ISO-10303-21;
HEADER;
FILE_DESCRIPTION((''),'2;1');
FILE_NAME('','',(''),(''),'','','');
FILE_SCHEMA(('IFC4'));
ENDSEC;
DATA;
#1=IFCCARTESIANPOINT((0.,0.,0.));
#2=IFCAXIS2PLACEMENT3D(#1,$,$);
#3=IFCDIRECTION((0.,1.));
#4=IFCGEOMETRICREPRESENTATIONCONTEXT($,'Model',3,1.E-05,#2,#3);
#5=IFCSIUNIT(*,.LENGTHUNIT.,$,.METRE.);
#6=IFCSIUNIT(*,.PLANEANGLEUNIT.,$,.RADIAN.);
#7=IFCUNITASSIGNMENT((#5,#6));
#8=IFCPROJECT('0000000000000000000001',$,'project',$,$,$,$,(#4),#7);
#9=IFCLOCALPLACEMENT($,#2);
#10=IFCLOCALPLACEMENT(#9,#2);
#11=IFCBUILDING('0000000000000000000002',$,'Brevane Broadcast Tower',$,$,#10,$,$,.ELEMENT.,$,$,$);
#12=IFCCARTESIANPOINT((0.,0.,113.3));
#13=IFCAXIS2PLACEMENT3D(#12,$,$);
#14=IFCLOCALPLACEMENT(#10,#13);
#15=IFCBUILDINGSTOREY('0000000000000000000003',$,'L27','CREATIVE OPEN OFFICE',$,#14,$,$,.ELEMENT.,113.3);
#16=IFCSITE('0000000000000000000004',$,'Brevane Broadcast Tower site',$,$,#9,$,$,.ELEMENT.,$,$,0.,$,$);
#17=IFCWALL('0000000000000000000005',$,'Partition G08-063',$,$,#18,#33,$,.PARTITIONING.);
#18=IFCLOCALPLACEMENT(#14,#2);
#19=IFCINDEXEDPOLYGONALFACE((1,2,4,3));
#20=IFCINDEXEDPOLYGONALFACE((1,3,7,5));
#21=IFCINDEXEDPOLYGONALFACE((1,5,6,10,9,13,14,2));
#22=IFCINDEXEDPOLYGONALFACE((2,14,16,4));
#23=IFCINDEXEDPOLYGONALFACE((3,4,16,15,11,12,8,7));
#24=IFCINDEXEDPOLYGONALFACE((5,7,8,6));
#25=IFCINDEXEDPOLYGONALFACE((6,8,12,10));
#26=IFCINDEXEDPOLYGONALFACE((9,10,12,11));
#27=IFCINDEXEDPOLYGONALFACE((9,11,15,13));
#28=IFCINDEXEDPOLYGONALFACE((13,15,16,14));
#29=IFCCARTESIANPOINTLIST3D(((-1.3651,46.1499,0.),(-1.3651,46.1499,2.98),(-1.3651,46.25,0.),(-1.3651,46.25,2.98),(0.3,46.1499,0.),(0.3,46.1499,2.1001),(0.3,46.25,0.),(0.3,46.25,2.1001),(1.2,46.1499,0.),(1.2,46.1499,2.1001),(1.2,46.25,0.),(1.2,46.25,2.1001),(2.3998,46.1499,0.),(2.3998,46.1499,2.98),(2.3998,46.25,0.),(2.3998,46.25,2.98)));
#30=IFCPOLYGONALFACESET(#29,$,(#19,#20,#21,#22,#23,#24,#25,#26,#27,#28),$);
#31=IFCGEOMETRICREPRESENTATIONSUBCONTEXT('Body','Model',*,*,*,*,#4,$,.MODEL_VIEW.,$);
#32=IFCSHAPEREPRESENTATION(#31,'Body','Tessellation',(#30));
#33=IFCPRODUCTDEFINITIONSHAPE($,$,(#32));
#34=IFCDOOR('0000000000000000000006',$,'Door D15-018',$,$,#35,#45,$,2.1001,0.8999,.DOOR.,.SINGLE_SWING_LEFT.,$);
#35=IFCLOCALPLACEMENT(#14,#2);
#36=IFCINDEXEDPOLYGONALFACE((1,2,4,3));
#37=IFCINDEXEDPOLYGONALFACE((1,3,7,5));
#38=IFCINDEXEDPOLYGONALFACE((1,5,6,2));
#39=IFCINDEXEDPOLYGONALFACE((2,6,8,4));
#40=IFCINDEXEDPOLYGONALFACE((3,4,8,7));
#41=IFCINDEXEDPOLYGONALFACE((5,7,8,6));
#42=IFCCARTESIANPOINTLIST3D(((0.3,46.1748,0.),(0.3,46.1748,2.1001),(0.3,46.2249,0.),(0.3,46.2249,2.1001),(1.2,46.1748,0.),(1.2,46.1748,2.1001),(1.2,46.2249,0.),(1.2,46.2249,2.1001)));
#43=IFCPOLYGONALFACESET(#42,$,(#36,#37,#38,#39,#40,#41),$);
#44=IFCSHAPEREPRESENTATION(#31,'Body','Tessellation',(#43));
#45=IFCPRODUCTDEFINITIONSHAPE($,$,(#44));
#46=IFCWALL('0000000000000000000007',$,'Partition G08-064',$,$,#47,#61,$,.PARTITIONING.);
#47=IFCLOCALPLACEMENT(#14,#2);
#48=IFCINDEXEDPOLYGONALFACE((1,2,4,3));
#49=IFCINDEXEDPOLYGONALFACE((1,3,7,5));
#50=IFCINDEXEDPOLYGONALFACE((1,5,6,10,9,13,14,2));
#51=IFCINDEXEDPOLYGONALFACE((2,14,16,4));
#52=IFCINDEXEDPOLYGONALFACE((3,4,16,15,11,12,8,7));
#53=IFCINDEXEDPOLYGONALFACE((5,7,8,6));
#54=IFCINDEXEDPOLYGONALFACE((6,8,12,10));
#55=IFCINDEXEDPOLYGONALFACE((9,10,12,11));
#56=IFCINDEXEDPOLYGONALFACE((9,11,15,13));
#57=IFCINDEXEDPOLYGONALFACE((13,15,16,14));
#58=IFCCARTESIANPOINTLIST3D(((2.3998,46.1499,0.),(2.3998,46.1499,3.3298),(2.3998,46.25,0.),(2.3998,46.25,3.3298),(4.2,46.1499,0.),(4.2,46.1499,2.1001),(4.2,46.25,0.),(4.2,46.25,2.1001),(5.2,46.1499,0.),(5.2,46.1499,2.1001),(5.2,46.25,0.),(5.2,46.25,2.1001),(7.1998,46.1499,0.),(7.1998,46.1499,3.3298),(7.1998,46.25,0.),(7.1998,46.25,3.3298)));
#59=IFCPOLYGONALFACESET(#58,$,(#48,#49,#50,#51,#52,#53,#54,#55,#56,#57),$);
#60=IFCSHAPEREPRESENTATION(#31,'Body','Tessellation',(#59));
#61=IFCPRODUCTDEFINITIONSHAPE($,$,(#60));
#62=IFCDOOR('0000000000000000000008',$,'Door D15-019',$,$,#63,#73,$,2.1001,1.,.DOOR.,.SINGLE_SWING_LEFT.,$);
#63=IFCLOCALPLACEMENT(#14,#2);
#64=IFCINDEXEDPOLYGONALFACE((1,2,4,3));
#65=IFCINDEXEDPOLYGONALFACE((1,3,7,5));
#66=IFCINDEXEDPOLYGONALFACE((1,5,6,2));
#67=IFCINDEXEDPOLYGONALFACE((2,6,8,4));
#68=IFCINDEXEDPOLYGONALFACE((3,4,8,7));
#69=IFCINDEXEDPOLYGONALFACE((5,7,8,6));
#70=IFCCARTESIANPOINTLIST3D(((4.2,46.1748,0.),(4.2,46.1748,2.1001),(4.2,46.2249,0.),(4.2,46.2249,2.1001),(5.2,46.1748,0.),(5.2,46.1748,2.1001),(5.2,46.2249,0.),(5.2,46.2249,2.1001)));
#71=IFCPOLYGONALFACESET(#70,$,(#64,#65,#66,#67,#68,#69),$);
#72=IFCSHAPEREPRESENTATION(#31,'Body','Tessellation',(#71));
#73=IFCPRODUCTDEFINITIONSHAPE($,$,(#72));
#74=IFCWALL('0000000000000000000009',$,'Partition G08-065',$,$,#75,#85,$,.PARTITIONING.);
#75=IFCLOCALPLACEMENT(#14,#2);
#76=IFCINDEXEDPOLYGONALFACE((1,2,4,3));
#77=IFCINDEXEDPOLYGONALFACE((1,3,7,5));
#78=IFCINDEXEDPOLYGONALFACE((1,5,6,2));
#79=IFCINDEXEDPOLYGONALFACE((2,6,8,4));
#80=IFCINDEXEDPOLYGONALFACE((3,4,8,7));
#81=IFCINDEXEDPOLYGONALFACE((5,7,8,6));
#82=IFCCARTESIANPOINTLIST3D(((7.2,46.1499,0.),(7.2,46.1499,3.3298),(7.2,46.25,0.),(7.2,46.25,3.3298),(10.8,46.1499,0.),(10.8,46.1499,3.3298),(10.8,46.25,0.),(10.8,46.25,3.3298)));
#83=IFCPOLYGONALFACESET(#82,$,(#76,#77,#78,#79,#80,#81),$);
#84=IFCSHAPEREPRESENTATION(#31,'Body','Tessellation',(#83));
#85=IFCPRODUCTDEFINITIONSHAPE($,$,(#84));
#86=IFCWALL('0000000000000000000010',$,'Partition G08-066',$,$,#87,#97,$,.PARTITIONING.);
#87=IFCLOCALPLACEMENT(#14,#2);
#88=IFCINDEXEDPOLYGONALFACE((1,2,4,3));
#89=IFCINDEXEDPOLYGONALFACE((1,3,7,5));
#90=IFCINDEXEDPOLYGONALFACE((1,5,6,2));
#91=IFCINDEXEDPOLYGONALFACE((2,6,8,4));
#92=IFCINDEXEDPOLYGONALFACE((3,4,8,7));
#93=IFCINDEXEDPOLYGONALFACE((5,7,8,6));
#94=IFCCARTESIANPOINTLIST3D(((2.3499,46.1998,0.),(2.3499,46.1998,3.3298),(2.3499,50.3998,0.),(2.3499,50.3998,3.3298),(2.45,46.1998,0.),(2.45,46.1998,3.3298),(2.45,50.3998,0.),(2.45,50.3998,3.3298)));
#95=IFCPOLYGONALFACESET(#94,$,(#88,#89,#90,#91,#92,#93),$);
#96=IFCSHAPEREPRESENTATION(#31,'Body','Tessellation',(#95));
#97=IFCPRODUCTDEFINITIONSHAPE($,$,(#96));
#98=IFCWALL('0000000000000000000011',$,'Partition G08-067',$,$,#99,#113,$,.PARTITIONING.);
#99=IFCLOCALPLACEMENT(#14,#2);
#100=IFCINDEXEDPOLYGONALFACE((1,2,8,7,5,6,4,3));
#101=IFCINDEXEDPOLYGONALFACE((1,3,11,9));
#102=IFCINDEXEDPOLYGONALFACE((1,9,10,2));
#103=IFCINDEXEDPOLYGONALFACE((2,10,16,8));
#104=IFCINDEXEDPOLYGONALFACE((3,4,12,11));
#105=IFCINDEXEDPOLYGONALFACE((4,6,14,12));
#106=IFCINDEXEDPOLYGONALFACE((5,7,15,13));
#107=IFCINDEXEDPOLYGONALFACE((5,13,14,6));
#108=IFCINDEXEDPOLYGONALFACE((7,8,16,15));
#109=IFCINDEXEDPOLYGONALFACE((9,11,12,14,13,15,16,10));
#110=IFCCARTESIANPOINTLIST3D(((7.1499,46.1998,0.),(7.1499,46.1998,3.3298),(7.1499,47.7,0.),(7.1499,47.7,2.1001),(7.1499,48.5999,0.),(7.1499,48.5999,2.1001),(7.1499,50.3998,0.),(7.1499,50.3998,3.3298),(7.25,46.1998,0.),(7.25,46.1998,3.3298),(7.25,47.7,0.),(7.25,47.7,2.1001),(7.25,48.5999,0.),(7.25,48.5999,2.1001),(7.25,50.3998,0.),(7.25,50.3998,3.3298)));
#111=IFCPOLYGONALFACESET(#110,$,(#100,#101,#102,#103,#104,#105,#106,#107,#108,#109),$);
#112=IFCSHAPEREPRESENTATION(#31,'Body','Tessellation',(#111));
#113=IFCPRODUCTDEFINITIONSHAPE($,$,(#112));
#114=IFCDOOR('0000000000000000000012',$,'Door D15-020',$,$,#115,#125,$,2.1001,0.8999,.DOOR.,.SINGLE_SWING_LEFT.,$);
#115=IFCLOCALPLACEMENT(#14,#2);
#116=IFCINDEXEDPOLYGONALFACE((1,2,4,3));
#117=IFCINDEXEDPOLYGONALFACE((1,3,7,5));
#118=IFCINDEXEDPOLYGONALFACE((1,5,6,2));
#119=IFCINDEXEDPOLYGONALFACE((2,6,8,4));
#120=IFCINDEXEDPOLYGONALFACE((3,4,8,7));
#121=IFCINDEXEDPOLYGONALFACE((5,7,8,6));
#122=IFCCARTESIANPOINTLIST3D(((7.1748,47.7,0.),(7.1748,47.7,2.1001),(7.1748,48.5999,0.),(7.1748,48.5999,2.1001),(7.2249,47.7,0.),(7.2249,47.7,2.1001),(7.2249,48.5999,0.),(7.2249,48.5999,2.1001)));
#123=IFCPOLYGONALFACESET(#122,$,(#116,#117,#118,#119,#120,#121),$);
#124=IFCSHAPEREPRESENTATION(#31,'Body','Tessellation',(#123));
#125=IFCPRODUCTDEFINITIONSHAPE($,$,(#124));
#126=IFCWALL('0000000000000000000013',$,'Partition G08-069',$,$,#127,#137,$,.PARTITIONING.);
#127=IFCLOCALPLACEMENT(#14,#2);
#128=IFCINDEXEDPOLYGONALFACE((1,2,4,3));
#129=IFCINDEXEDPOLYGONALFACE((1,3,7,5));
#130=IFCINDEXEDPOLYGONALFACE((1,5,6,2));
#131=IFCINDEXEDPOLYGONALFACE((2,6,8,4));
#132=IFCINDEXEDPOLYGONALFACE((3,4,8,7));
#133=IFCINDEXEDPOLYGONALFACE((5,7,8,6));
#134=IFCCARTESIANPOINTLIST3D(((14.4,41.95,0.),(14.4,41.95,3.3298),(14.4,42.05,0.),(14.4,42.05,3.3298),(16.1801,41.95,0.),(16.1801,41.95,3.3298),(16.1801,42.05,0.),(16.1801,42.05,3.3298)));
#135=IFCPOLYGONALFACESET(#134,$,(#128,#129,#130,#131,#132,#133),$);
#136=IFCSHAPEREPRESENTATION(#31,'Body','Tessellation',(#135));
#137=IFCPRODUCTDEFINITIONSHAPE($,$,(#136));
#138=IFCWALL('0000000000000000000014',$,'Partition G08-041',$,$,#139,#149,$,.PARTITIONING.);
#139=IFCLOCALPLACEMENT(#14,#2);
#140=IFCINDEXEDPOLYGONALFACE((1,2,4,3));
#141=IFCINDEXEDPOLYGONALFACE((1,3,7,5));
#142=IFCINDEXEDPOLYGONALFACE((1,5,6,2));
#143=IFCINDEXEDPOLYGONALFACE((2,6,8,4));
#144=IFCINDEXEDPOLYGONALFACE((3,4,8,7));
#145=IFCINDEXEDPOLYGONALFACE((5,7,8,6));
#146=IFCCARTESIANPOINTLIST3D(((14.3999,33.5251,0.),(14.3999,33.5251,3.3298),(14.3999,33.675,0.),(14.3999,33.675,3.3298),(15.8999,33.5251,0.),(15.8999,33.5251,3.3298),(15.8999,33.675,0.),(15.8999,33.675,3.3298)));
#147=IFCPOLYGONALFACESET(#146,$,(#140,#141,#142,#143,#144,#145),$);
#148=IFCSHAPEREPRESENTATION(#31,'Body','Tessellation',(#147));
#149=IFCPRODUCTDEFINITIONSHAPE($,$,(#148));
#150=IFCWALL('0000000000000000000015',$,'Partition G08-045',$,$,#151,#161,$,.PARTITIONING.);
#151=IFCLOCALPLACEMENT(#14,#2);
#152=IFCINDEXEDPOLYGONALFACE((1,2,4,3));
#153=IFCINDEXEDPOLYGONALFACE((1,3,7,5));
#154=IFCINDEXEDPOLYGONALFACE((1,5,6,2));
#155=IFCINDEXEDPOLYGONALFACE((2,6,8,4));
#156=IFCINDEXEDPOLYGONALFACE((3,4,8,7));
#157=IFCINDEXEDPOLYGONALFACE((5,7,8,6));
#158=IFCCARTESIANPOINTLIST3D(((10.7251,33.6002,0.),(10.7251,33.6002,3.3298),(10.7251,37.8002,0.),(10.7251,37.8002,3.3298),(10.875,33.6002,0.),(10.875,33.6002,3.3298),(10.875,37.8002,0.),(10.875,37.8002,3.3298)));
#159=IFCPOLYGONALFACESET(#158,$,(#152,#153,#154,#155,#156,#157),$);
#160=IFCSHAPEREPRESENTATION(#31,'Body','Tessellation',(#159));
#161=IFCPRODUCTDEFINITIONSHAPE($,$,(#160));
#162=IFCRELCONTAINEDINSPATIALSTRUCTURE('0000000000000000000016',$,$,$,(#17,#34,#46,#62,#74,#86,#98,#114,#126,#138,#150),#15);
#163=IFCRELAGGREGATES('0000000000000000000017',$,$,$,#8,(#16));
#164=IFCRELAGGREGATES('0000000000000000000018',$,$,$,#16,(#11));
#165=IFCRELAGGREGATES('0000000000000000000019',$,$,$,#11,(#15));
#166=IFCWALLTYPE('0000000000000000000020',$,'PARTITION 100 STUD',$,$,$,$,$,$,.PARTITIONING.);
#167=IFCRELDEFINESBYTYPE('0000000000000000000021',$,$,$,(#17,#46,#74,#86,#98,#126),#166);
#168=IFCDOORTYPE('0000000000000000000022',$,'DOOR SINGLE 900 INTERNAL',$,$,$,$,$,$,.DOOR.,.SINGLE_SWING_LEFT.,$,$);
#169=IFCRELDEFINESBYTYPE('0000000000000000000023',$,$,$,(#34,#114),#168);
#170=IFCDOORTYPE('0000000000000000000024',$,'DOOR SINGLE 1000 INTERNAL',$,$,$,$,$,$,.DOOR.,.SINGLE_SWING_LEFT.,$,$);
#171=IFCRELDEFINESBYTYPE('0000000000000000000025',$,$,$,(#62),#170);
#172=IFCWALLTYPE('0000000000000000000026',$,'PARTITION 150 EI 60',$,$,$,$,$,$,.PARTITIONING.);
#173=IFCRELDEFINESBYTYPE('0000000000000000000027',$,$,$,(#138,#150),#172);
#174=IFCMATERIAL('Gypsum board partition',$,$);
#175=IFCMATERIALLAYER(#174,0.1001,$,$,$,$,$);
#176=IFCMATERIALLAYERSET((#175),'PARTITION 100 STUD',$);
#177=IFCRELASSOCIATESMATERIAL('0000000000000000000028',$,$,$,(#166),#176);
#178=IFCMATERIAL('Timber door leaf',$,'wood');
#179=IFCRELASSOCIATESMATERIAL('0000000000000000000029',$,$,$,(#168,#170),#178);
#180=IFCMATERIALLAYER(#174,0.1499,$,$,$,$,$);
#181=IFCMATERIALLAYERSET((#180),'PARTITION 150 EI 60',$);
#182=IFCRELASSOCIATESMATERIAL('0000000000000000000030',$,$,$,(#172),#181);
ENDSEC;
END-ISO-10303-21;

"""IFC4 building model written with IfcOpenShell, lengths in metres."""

from ifc_helpers import new_model, si_unit, direction, frame, frame_2d, origin, place, context, subcontext, project, spatial, rectangle, extrude, material, layer, layer_set, type_object, element, fill, save


model = new_model("IFC4")

# Units and contexts
model_context = context("Model", 3, precision=1e-05, world=origin(), true_north=direction((0.0, 1.0)))
body_context = subcontext(model_context, "Body", "Model", "MODEL_VIEW")
ifc_project = project(units=[si_unit("LENGTHUNIT", "METRE"), si_unit("PLANEANGLEUNIT", "RADIAN")], contexts=[model_context])

# Site, building, storey
site_placement = place(None, origin())
site = spatial("IfcSite", under=ifc_project, at=site_placement, Name="Brevane Broadcast Tower site", CompositionType="ELEMENT", RefElevation=0.0)
building_placement = place(site_placement, origin())
building = spatial("IfcBuilding", under=site, at=building_placement, Name="Brevane Broadcast Tower", CompositionType="ELEMENT")
storey_placement = place(building_placement, frame((0.0, 0.0, 113.3)))
storey = spatial("IfcBuildingStorey", under=building, at=storey_placement, Name="L27", Description="CREATIVE OPEN OFFICE", CompositionType="ELEMENT", Elevation=113.3)

# Walls, openings, doors
ifc_material_1 = material(Name="Gypsum board partition")
ifc_layer_1 = layer(ifc_material_1, 0.1001)
ifc_layer_set_1 = layer_set([ifc_layer_1], Name="PARTITION 100 STUD")
wall_type_1 = type_object("IfcWallType", Name="PARTITION 100 STUD", PredefinedType="PARTITIONING", material=ifc_layer_set_1)
wall_1_placement = place(storey_placement, frame((-1.365, 46.2, 0.0), z_axis=(0.0, 0.0, 1.0), x_axis=(1.0, 0.0, 0.0)))
wall_1 = element("IfcWall", 1, at=wall_1_placement, inside=storey, type_object=wall_type_1, Name="Partition G08-063", PredefinedType="PARTITIONING", context=body_context, shape_type="SweptSolid", body=[
    extrude(rectangle(XDim=3.7649, YDim=0.1001, at=frame_2d((1.8823, 0.0))), origin(), (0.0, 0.0, 1.0), 2.98),
])
opening_1_placement = place(wall_1_placement, frame((1.665, 0.0, 0.0)))
opening_1 = element("IfcOpeningElement", 2, at=opening_1_placement, cuts=wall_1, PredefinedType="OPENING", context=body_context, shape_type="SweptSolid", body=[
    extrude(rectangle(XDim=0.8999, YDim=2.1001, at=frame_2d((0.45, 1.05))), frame((0.0, 0.0601, 0.0), z_axis=(0.0, -1.0, 0.0), x_axis=(1.0, 0.0, 0.0)), (0.0, 0.0, 1.0), 0.1201),
])
ifc_material_2 = material(Name="Timber door leaf", Category="wood")
door_type_1 = type_object("IfcDoorType", Name="DOOR SINGLE 900 INTERNAL", OperationType="SINGLE_SWING_LEFT", PredefinedType="DOOR", material=ifc_material_2)
door_1_placement = place(opening_1_placement, origin())
door_1 = element("IfcDoor", 3, at=door_1_placement, inside=storey, type_object=door_type_1, Name="Door D15-018", OperationType="SINGLE_SWING_LEFT", OverallHeight=2.1001, OverallWidth=0.8999, PredefinedType="DOOR", context=body_context, shape_type="SweptSolid", body=[
    extrude(rectangle(XDim=0.8999, YDim=2.1001, at=frame_2d((0.45, 1.05))), frame((0.0, 0.0249, 0.0), z_axis=(0.0, -1.0, 0.0), x_axis=(1.0, 0.0, 0.0)), (0.0, 0.0, 1.0), 0.05),
])
fill(opening_1, door_1)
wall_2_placement = place(storey_placement, frame((2.3999, 46.2, 0.0), z_axis=(0.0, 0.0, 1.0), x_axis=(1.0, 0.0, 0.0)))
wall_2 = element("IfcWall", 4, at=wall_2_placement, inside=storey, type_object=wall_type_1, Name="Partition G08-064", PredefinedType="PARTITIONING", context=body_context, shape_type="SweptSolid", body=[
    extrude(rectangle(XDim=4.8, YDim=0.1001, at=frame_2d((2.3999, 0.0))), origin(), (0.0, 0.0, 1.0), 3.3298),
])
opening_2_placement = place(wall_2_placement, frame((1.8, 0.0, 0.0)))
opening_2 = element("IfcOpeningElement", 5, at=opening_2_placement, cuts=wall_2, PredefinedType="OPENING", context=body_context, shape_type="SweptSolid", body=[
    extrude(rectangle(XDim=1.0, YDim=2.1001, at=frame_2d((0.5, 1.05))), frame((0.0, 0.0601, 0.0), z_axis=(0.0, -1.0, 0.0), x_axis=(1.0, 0.0, 0.0)), (0.0, 0.0, 1.0), 0.1201),
])
door_type_2 = type_object("IfcDoorType", Name="DOOR SINGLE 1000 INTERNAL", OperationType="SINGLE_SWING_LEFT", PredefinedType="DOOR", material=ifc_material_2)
door_2_placement = place(opening_2_placement, origin())
door_2 = element("IfcDoor", 6, at=door_2_placement, inside=storey, type_object=door_type_2, Name="Door D15-019", OperationType="SINGLE_SWING_LEFT", OverallHeight=2.1001, OverallWidth=1.0, PredefinedType="DOOR", context=body_context, shape_type="SweptSolid", body=[
    extrude(rectangle(XDim=1.0, YDim=2.1001, at=frame_2d((0.5, 1.05))), frame((0.0, 0.0249, 0.0), z_axis=(0.0, -1.0, 0.0), x_axis=(1.0, 0.0, 0.0)), (0.0, 0.0, 1.0), 0.05),
])
fill(opening_2, door_2)

# Walls
wall_3_placement = place(storey_placement, frame((7.2, 46.2, 0.0), z_axis=(0.0, 0.0, 1.0), x_axis=(1.0, 0.0, 0.0)))
element("IfcWall", 7, at=wall_3_placement, inside=storey, type_object=wall_type_1, Name="Partition G08-065", PredefinedType="PARTITIONING", context=body_context, shape_type="SweptSolid", body=[
    extrude(rectangle(XDim=3.6001, YDim=0.1001, at=frame_2d((1.8, 0.0))), origin(), (0.0, 0.0, 1.0), 3.3298),
])
wall_4_placement = place(storey_placement, frame((2.3999, 50.3999, 0.0), z_axis=(0.0, 0.0, 1.0), x_axis=(0.0, -1.0, 0.0)))
element("IfcWall", 8, at=wall_4_placement, inside=storey, type_object=wall_type_1, Name="Partition G08-066", PredefinedType="PARTITIONING", context=body_context, shape_type="SweptSolid", body=[
    extrude(rectangle(XDim=4.2, YDim=0.1001, at=frame_2d((2.1001, 0.0))), origin(), (0.0, 0.0, 1.0), 3.3298),
])

# Wall, opening, door
wall_5_placement = place(storey_placement, frame((7.2, 50.3999, 0.0), z_axis=(0.0, 0.0, 1.0), x_axis=(0.0, -1.0, 0.0)))
wall_5 = element("IfcWall", 9, at=wall_5_placement, inside=storey, type_object=wall_type_1, Name="Partition G08-067", PredefinedType="PARTITIONING", context=body_context, shape_type="SweptSolid", body=[
    extrude(rectangle(XDim=4.2, YDim=0.1001, at=frame_2d((2.1001, 0.0))), origin(), (0.0, 0.0, 1.0), 3.3298),
])
opening_3_placement = place(wall_5_placement, frame((1.8, 0.0, 0.0)))
opening_3 = element("IfcOpeningElement", 10, at=opening_3_placement, cuts=wall_5, PredefinedType="OPENING", context=body_context, shape_type="SweptSolid", body=[
    extrude(rectangle(XDim=0.8999, YDim=2.1001, at=frame_2d((0.45, 1.05))), frame((0.0, 0.0601, 0.0), z_axis=(0.0, -1.0, 0.0), x_axis=(1.0, 0.0, 0.0)), (0.0, 0.0, 1.0), 0.1201),
])
door_3_placement = place(opening_3_placement, origin())
door_3 = element("IfcDoor", 11, at=door_3_placement, inside=storey, type_object=door_type_1, Name="Door D15-020", OperationType="SINGLE_SWING_LEFT", OverallHeight=2.1001, OverallWidth=0.8999, PredefinedType="DOOR", context=body_context, shape_type="SweptSolid", body=[
    extrude(rectangle(XDim=0.8999, YDim=2.1001, at=frame_2d((0.45, 1.05))), frame((0.0, 0.0249, 0.0), z_axis=(0.0, -1.0, 0.0), x_axis=(1.0, 0.0, 0.0)), (0.0, 0.0, 1.0), 0.05),
])
fill(opening_3, door_3)

# Walls
wall_6_placement = place(storey_placement, frame((14.3999, 42.0, 0.0), z_axis=(0.0, 0.0, 1.0), x_axis=(1.0, 0.0, 0.0)))
element("IfcWall", 12, at=wall_6_placement, inside=storey, type_object=wall_type_1, Name="Partition G08-069", PredefinedType="PARTITIONING", context=body_context, shape_type="SweptSolid", body=[
    extrude(rectangle(XDim=1.78, YDim=0.1001, at=frame_2d((0.8901, 0.0))), origin(), (0.0, 0.0, 1.0), 3.3298),
])
ifc_layer_2 = layer(ifc_material_1, 0.1499)
ifc_layer_set_2 = layer_set([ifc_layer_2], Name="PARTITION 150 EI 60")
wall_type_2 = type_object("IfcWallType", Name="PARTITION 150 EI 60", PredefinedType="PARTITIONING", material=ifc_layer_set_2)
wall_7_placement = place(storey_placement, frame((14.3999, 33.6001, 0.0), z_axis=(0.0, 0.0, 1.0), x_axis=(1.0, 0.0, 0.0)))
element("IfcWall", 13, at=wall_7_placement, inside=storey, type_object=wall_type_2, Name="Partition G08-041", PredefinedType="PARTITIONING", context=body_context, shape_type="SweptSolid", body=[
    extrude(rectangle(XDim=1.5, YDim=0.1499, at=frame_2d((0.75, 0.0))), origin(), (0.0, 0.0, 1.0), 3.3298),
])
wall_8_placement = place(storey_placement, frame((10.8, 33.6001, 0.0), z_axis=(0.0, 0.0, 1.0), x_axis=(0.0, 1.0, 0.0)))
element("IfcWall", 14, at=wall_8_placement, inside=storey, type_object=wall_type_2, Name="Partition G08-045", PredefinedType="PARTITIONING", context=body_context, shape_type="SweptSolid", body=[
    extrude(rectangle(XDim=4.2, YDim=0.1499, at=frame_2d((2.1001, 0.0))), origin(), (0.0, 0.0, 1.0), 3.3298),
])

save(model, "model.ifc")
